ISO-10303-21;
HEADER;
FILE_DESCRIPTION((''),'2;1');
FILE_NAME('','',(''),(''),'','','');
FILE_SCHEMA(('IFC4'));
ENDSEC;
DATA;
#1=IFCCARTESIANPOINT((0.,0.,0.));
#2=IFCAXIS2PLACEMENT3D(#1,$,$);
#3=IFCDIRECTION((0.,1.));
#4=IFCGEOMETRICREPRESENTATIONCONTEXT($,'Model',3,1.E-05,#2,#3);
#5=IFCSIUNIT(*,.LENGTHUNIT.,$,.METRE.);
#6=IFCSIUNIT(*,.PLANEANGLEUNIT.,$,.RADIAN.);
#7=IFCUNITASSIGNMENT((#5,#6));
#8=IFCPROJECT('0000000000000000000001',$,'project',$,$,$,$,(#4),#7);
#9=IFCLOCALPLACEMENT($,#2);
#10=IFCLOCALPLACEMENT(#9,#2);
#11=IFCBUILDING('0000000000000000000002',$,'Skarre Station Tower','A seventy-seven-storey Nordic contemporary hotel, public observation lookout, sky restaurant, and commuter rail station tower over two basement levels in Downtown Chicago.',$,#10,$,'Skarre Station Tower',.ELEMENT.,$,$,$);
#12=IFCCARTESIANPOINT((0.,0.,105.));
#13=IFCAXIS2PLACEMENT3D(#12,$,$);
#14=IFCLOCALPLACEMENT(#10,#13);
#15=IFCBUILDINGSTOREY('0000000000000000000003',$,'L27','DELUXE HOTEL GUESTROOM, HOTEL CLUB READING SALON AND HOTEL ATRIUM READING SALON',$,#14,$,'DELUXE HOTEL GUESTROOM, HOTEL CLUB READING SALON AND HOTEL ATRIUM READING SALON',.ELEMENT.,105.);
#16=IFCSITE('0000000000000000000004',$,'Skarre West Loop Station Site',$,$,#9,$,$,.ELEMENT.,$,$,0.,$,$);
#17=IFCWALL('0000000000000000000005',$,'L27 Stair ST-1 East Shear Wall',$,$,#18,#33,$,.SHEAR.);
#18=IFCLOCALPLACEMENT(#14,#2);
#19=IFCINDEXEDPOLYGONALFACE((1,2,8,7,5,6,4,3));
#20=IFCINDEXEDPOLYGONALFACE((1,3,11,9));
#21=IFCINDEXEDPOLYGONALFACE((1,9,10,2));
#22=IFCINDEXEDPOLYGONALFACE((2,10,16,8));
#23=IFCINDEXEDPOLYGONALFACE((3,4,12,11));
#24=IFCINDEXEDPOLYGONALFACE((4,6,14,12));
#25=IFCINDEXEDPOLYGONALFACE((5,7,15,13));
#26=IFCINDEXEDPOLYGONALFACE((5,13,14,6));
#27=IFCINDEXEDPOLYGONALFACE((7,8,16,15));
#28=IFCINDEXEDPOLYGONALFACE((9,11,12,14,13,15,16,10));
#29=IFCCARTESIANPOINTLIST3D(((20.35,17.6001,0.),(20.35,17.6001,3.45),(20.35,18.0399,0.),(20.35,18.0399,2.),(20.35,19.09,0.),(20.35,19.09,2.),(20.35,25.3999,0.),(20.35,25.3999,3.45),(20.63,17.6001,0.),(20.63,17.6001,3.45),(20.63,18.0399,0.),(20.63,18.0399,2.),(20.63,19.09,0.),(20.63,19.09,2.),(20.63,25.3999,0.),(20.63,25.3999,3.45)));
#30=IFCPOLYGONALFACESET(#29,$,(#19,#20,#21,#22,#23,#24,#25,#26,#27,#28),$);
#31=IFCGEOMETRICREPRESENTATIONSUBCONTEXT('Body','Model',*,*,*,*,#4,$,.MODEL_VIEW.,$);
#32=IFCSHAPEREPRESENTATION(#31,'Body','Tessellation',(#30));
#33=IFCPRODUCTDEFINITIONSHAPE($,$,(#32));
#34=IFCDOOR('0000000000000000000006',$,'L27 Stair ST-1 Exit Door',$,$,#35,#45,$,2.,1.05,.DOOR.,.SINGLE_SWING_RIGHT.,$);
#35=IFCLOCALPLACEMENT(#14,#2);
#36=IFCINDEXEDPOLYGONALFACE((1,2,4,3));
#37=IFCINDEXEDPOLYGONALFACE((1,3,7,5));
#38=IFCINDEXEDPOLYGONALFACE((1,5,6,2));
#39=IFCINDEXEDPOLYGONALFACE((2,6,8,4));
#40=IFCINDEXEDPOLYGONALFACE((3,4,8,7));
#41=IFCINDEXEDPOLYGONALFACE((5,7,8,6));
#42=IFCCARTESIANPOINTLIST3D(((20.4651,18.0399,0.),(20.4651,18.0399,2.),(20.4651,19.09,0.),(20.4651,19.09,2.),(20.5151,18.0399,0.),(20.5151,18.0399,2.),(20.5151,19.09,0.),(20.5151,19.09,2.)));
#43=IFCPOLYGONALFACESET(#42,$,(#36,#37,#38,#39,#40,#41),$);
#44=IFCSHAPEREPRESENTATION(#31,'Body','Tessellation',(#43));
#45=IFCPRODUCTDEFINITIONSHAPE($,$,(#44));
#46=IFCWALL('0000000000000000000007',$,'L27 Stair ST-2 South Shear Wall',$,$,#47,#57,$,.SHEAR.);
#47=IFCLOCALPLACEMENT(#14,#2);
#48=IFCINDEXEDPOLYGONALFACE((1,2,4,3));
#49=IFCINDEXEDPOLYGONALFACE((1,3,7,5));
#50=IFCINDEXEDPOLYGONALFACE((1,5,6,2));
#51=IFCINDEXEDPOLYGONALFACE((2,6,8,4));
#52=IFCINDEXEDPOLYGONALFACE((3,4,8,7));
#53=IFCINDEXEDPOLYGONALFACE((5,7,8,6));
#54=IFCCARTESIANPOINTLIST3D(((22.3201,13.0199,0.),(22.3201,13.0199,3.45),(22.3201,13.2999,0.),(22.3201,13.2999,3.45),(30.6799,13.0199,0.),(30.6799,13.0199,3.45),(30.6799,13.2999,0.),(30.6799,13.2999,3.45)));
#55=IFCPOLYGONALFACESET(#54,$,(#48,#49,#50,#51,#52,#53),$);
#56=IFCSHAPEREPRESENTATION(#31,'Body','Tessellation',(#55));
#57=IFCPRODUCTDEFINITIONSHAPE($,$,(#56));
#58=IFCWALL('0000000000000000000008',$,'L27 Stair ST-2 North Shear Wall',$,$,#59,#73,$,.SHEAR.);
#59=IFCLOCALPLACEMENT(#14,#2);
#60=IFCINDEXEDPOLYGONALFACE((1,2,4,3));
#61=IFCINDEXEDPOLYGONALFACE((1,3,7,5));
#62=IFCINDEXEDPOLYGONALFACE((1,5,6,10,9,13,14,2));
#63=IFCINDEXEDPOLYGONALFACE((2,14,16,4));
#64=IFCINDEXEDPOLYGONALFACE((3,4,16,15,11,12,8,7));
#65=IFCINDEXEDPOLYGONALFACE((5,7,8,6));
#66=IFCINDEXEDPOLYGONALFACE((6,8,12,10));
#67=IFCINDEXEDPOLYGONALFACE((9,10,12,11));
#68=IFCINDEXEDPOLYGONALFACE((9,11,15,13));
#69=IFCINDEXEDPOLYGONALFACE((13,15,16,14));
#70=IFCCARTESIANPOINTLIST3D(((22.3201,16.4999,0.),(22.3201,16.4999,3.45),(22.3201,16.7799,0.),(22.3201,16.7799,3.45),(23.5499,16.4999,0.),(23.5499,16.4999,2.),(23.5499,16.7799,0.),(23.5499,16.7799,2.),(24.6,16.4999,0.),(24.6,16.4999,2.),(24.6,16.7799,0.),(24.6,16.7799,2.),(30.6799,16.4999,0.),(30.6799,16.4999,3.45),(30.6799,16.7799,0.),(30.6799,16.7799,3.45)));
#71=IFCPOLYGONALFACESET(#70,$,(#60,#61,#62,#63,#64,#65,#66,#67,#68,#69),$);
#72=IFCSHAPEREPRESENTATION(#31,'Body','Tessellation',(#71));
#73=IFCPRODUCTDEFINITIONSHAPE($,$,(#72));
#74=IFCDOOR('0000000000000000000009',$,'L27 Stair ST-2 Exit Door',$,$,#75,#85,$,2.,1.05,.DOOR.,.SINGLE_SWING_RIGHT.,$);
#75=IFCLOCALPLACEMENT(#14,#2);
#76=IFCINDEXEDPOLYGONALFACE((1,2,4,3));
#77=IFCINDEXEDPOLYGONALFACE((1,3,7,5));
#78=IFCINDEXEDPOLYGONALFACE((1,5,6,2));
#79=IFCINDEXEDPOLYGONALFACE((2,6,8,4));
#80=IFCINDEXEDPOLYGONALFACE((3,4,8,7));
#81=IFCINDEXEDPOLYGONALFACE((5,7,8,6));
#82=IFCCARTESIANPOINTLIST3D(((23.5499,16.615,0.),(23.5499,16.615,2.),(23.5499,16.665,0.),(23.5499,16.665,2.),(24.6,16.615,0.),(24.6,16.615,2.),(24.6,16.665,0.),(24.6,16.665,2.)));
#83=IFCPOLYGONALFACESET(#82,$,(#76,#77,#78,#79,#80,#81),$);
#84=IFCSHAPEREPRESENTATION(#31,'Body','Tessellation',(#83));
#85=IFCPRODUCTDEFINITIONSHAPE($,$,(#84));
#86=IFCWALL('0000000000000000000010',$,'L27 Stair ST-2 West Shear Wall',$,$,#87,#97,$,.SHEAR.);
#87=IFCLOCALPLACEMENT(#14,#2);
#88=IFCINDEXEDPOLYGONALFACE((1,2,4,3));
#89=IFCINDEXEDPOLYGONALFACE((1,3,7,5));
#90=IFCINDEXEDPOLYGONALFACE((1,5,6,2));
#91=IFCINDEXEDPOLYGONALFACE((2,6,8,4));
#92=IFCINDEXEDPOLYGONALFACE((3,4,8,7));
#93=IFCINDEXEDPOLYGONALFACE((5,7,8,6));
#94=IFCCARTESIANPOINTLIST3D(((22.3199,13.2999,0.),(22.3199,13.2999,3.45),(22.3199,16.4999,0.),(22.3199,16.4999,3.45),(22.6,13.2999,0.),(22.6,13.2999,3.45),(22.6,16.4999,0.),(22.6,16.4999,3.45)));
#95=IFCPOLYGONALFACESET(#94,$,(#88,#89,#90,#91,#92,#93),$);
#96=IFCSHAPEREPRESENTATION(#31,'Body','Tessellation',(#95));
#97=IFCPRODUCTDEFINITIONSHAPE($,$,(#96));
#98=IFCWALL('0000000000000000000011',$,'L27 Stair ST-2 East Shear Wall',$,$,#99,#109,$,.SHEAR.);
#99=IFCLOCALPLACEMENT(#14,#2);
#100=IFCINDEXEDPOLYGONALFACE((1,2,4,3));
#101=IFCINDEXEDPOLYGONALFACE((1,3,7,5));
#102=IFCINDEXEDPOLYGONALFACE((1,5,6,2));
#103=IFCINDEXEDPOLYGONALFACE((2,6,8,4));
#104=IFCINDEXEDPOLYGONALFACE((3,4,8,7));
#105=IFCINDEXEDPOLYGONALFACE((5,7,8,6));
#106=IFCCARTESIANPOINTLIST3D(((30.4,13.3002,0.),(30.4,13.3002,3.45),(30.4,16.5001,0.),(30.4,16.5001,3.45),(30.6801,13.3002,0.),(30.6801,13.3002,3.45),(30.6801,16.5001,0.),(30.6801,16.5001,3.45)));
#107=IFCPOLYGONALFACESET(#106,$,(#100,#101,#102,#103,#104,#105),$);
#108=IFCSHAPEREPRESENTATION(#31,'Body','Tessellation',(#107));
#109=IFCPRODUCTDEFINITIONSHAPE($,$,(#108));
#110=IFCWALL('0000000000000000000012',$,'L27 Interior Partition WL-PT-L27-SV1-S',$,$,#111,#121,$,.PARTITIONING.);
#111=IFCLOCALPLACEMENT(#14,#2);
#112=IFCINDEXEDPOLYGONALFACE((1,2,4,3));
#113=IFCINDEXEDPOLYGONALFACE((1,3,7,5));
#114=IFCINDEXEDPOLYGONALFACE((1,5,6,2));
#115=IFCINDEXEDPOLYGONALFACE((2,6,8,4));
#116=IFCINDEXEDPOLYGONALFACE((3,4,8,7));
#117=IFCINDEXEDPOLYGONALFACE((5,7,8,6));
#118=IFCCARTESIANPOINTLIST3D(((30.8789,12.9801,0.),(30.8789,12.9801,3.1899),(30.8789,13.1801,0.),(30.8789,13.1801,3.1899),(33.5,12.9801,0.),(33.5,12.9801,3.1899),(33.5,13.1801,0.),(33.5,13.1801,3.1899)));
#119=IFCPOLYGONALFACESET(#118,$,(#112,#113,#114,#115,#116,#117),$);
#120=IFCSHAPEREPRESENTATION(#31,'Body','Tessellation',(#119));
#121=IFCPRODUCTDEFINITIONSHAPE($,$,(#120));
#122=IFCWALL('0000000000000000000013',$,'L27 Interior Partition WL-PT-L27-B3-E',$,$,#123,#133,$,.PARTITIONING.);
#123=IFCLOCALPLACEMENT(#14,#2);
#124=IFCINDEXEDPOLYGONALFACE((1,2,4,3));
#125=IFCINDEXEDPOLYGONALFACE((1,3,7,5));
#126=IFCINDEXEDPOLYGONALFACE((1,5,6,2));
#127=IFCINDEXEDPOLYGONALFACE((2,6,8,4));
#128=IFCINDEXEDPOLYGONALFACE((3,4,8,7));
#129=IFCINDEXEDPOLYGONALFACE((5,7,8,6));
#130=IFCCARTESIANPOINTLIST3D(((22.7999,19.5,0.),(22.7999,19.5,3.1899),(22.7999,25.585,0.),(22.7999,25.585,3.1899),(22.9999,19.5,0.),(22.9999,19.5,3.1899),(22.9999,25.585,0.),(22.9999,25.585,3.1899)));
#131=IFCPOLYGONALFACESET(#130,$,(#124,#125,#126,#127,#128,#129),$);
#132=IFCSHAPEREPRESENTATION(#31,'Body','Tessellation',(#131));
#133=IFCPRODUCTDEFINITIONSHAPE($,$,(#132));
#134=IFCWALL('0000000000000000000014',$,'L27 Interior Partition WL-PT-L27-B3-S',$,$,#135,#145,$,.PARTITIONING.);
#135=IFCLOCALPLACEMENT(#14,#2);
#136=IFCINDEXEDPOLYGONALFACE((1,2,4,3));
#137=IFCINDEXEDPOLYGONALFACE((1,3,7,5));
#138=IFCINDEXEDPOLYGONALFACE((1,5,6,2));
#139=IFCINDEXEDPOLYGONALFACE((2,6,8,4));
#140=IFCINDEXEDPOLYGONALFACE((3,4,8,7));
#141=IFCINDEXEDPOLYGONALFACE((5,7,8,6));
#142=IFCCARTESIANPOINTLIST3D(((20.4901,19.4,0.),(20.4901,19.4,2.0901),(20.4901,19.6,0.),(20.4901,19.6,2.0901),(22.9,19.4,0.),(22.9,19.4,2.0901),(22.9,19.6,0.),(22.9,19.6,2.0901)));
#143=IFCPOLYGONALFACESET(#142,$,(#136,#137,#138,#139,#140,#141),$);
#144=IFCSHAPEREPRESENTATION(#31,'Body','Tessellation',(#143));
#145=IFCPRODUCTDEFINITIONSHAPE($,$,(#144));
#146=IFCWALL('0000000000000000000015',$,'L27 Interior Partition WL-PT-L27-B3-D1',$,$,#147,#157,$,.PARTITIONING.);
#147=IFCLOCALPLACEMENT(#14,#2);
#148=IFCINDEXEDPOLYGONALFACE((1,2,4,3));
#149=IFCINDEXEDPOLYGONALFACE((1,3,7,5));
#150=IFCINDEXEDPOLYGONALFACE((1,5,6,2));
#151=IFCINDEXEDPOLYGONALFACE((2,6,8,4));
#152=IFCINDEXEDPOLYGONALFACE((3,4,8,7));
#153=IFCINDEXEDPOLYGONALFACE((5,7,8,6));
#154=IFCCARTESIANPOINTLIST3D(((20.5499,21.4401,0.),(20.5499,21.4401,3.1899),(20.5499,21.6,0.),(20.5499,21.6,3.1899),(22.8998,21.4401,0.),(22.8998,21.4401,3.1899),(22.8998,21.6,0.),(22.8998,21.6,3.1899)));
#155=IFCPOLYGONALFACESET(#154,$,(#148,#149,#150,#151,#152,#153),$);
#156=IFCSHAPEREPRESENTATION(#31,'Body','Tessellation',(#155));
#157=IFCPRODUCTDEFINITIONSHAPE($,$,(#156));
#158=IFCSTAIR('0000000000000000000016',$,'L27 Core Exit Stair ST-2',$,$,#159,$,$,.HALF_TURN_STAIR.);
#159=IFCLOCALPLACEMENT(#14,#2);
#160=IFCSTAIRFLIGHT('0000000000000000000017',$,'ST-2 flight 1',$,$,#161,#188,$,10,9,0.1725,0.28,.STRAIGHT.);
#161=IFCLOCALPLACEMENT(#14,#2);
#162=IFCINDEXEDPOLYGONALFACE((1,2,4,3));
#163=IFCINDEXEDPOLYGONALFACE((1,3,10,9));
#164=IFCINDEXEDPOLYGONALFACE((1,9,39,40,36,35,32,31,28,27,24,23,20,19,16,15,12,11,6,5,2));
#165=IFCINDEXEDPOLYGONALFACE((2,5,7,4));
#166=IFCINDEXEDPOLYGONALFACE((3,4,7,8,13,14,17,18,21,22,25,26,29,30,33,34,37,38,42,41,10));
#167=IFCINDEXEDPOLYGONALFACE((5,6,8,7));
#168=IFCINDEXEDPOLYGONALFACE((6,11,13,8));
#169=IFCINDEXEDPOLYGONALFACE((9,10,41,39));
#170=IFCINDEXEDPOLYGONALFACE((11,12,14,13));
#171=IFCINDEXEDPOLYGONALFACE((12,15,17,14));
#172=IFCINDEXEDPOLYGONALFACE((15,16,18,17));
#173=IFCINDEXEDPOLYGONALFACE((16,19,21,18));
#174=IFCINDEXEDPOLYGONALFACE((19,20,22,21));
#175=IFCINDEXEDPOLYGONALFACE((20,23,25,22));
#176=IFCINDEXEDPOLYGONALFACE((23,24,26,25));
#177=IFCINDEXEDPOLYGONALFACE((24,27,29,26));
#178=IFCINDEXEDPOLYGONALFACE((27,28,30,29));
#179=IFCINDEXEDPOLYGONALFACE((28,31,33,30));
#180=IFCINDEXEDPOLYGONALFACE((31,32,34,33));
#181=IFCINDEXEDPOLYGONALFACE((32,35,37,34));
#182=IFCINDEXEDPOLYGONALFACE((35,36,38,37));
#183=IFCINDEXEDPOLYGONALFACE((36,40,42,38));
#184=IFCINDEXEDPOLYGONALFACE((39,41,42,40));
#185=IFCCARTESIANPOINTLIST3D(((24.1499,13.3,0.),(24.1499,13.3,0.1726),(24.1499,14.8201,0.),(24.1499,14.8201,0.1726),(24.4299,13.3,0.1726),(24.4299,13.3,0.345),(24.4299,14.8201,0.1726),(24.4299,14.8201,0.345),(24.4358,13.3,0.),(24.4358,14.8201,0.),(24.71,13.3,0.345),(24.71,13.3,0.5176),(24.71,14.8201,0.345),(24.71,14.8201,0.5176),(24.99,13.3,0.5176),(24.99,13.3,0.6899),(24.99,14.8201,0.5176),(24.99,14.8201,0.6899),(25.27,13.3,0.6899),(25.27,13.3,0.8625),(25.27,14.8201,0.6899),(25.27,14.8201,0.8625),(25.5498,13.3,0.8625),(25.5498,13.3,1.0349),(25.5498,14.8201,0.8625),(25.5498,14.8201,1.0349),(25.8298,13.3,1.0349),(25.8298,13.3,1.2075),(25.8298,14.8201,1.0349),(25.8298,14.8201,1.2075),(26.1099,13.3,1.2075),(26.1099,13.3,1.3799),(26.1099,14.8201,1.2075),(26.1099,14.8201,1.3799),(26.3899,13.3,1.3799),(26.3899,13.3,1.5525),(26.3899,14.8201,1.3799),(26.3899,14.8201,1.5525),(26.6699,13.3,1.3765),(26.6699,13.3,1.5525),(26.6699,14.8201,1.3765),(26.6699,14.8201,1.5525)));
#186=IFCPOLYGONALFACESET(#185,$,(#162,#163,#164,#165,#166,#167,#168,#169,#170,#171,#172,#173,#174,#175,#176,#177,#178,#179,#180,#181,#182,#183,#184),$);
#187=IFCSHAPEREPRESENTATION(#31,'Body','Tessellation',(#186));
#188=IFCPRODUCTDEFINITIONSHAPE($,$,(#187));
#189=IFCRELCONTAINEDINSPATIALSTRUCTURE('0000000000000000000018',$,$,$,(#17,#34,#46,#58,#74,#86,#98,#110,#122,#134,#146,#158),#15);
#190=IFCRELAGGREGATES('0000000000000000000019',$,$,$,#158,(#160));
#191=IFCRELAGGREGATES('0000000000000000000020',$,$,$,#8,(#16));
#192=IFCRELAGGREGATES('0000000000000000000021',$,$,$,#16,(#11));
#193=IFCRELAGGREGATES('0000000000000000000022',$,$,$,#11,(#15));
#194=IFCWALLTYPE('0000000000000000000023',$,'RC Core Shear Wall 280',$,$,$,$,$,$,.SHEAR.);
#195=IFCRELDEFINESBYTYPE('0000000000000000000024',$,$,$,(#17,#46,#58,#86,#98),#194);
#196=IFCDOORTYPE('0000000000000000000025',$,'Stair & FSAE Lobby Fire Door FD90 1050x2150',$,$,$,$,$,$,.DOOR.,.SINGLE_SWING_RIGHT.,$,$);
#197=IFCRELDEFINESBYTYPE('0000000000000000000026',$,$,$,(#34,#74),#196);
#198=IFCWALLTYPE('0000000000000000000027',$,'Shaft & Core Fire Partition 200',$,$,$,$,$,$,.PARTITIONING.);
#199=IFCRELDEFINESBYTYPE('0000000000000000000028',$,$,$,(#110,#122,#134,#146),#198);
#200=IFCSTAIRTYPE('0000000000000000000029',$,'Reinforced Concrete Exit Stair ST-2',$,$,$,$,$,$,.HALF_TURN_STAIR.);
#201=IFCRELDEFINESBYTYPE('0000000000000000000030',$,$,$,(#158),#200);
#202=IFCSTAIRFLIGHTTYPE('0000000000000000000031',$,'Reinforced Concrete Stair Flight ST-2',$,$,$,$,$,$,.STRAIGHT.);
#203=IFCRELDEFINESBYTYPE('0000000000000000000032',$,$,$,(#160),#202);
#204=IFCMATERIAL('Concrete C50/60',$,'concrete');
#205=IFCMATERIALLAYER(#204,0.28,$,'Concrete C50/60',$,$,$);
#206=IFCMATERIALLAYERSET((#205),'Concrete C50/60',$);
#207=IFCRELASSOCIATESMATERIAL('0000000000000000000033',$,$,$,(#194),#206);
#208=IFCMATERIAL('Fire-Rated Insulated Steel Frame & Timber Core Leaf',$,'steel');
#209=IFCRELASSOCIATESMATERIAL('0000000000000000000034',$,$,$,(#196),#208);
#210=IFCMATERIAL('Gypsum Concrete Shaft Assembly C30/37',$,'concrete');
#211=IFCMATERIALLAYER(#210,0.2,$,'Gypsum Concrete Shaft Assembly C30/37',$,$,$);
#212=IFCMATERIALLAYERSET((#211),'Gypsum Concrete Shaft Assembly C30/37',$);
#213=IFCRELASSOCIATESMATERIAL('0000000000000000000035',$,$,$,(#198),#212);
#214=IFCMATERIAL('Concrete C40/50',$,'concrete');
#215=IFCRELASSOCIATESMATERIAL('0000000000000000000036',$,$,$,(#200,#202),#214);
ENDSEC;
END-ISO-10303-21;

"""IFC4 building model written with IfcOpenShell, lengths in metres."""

from ifc_helpers import new_model, si_unit, direction, frame, frame_2d, origin, place, context, subcontext, project, spatial, polyline, rectangle, outline, extrude, material, layer, layer_set, type_object, element, fill, aggregate, save


model = new_model("IFC4")

# Units and contexts
model_context = context("Model", 3, precision=1e-05, world=origin(), true_north=direction((0.0, 1.0)))
body_context = subcontext(model_context, "Body", "Model", "MODEL_VIEW")
ifc_project = project(units=[si_unit("LENGTHUNIT", "METRE"), si_unit("PLANEANGLEUNIT", "RADIAN")], contexts=[model_context])

# Site, building, storey
site_placement = place(None, origin())
site = spatial("IfcSite", under=ifc_project, at=site_placement, Name="Skarre West Loop Station Site", CompositionType="ELEMENT", RefElevation=0.0)
building_placement = place(site_placement, origin())
building = spatial("IfcBuilding", under=site, at=building_placement, Name="Skarre Station Tower", Description="A seventy-seven-storey Nordic contemporary hotel, public observation lookout, sky restaurant, and commuter rail station tower over two basement levels in Downtown Chicago.", LongName="Skarre Station Tower", CompositionType="ELEMENT")
storey_placement = place(building_placement, frame((0.0, 0.0, 105.0)))
storey = spatial("IfcBuildingStorey", under=building, at=storey_placement, Name="L27", Description="DELUXE HOTEL GUESTROOM, HOTEL CLUB READING SALON AND HOTEL ATRIUM READING SALON", LongName="DELUXE HOTEL GUESTROOM, HOTEL CLUB READING SALON AND HOTEL ATRIUM READING SALON", CompositionType="ELEMENT", Elevation=105.0)

# Wall, opening, door
ifc_material_1 = material(Name="Concrete C50/60", Category="concrete")
ifc_layer_1 = layer(ifc_material_1, 0.28, Name="Concrete C50/60")
ifc_layer_set_1 = layer_set([ifc_layer_1], Name="Concrete C50/60")
wall_type_1 = type_object("IfcWallType", Name="RC Core Shear Wall 280", PredefinedType="SHEAR", material=ifc_layer_set_1)
wall_1_placement = place(storey_placement, frame((20.49, 17.6001, 0.0), z_axis=(0.0, 0.0, 1.0), x_axis=(0.0, 1.0, 0.0)))
wall_1 = element("IfcWall", 1, at=wall_1_placement, inside=storey, type_object=wall_type_1, Name="L27 Stair ST-1 East Shear Wall", PredefinedType="SHEAR", context=body_context, shape_type="SweptSolid", body=[
    extrude(rectangle(XDim=7.7998, YDim=0.28, at=frame_2d((3.8999, 0.0))), origin(), (0.0, 0.0, 1.0), 3.45),
])
opening_1_placement = place(wall_1_placement, frame((0.4399, 0.0, 0.0)))
opening_1 = element("IfcOpeningElement", 2, at=opening_1_placement, cuts=wall_1, PredefinedType="OPENING", context=body_context, shape_type="SweptSolid", body=[
    extrude(rectangle(XDim=1.05, YDim=2.0, at=frame_2d((0.5249, 1.0))), frame((0.0, 0.1499, 0.0), z_axis=(0.0, -1.0, 0.0), x_axis=(1.0, 0.0, 0.0)), (0.0, 0.0, 1.0), 0.3),
])
ifc_material_2 = material(Name="Fire-Rated Insulated Steel Frame & Timber Core Leaf", Category="steel")
door_type = type_object("IfcDoorType", Name="Stair & FSAE Lobby Fire Door FD90 1050x2150", OperationType="SINGLE_SWING_RIGHT", PredefinedType="DOOR", material=ifc_material_2)
door_1_placement = place(opening_1_placement, origin())
door_1 = element("IfcDoor", 3, at=door_1_placement, inside=storey, type_object=door_type, Name="L27 Stair ST-1 Exit Door", OperationType="SINGLE_SWING_RIGHT", OverallHeight=2.0, OverallWidth=1.05, PredefinedType="DOOR", context=body_context, shape_type="SweptSolid", body=[
    extrude(rectangle(XDim=1.05, YDim=2.0, at=frame_2d((0.5249, 1.0))), frame((0.0, 0.0249, 0.0), z_axis=(0.0, -1.0, 0.0), x_axis=(1.0, 0.0, 0.0)), (0.0, 0.0, 1.0), 0.05),
])
fill(opening_1, door_1)

# Wall
wall_2_placement = place(storey_placement, frame((22.3201, 13.1599, 0.0), z_axis=(0.0, 0.0, 1.0), x_axis=(1.0, 0.0, 0.0)))
element("IfcWall", 4, at=wall_2_placement, inside=storey, type_object=wall_type_1, Name="L27 Stair ST-2 South Shear Wall", PredefinedType="SHEAR", context=body_context, shape_type="SweptSolid", body=[
    extrude(rectangle(XDim=8.3599, YDim=0.28, at=frame_2d((4.1799, 0.0))), origin(), (0.0, 0.0, 1.0), 3.45),
])

# Wall, opening, door
wall_3_placement = place(storey_placement, frame((30.6799, 16.6399, 0.0), z_axis=(0.0, 0.0, 1.0), x_axis=(-1.0, 0.0, 0.0)))
wall_3 = element("IfcWall", 5, at=wall_3_placement, inside=storey, type_object=wall_type_1, Name="L27 Stair ST-2 North Shear Wall", PredefinedType="SHEAR", context=body_context, shape_type="SweptSolid", body=[
    extrude(rectangle(XDim=8.3599, YDim=0.28, at=frame_2d((4.1799, 0.0))), origin(), (0.0, 0.0, 1.0), 3.45),
])
opening_2_placement = place(wall_3_placement, frame((6.0801, 0.0, 0.0)))
opening_2 = element("IfcOpeningElement", 6, at=opening_2_placement, cuts=wall_3, PredefinedType="OPENING", context=body_context, shape_type="SweptSolid", body=[
    extrude(rectangle(XDim=1.05, YDim=2.0, at=frame_2d((0.5249, 1.0))), frame((0.0, 0.1499, 0.0), z_axis=(0.0, -1.0, 0.0), x_axis=(1.0, 0.0, 0.0)), (0.0, 0.0, 1.0), 0.3),
])
door_2_placement = place(opening_2_placement, origin())
door_2 = element("IfcDoor", 7, at=door_2_placement, inside=storey, type_object=door_type, Name="L27 Stair ST-2 Exit Door", OperationType="SINGLE_SWING_RIGHT", OverallHeight=2.0, OverallWidth=1.05, PredefinedType="DOOR", context=body_context, shape_type="SweptSolid", body=[
    extrude(rectangle(XDim=1.05, YDim=2.0, at=frame_2d((0.5249, 1.0))), frame((0.0, 0.0249, 0.0), z_axis=(0.0, -1.0, 0.0), x_axis=(1.0, 0.0, 0.0)), (0.0, 0.0, 1.0), 0.05),
])
fill(opening_2, door_2)

# Walls
for number, where, z_axis, x_axis, name in (
    (8, (22.46, 16.5, 0.0), (0.0, 0.0, 1.0), (0.0, -1.0, 0.0), "L27 Stair ST-2 West Shear Wall"),
    (9, (30.54, 13.3, 0.0), (0.0, 0.0, 1.0), (0.0, 1.0, 0.0), "L27 Stair ST-2 East Shear Wall"),
):
    element("IfcWall", number, at=place(storey_placement, frame(where, z_axis=z_axis, x_axis=x_axis)), inside=storey, type_object=wall_type_1, Name=name, PredefinedType="SHEAR", context=body_context, shape_type="SweptSolid", body=[
        extrude(rectangle(XDim=3.2, YDim=0.28, at=frame_2d((1.6001, 0.0))), origin(), (0.0, 0.0, 1.0), 3.45),
    ])
ifc_material_3 = material(Name="Gypsum Concrete Shaft Assembly C30/37", Category="concrete")
ifc_layer_2 = layer(ifc_material_3, 0.2, Name="Gypsum Concrete Shaft Assembly C30/37")
ifc_layer_set_2 = layer_set([ifc_layer_2], Name="Gypsum Concrete Shaft Assembly C30/37")
wall_type_2 = type_object("IfcWallType", Name="Shaft & Core Fire Partition 200", PredefinedType="PARTITIONING", material=ifc_layer_set_2)
wall_4_placement = place(storey_placement, frame((30.8789, 13.0801, 0.0), z_axis=(0.0, 0.0, 1.0), x_axis=(1.0, 0.0, 0.0)))
element("IfcWall", 10, at=wall_4_placement, inside=storey, type_object=wall_type_2, Name="L27 Interior Partition WL-PT-L27-SV1-S", PredefinedType="PARTITIONING", context=body_context, shape_type="SweptSolid", body=[
    extrude(rectangle(XDim=2.6211, YDim=0.2, at=frame_2d((1.3105, 0.0))), origin(), (0.0, 0.0, 1.0), 3.1899),
])
wall_5_placement = place(storey_placement, frame((22.8999, 19.5, 0.0), z_axis=(0.0, 0.0, 1.0), x_axis=(0.0, 1.0, 0.0)))
element("IfcWall", 11, at=wall_5_placement, inside=storey, type_object=wall_type_2, Name="L27 Interior Partition WL-PT-L27-B3-E", PredefinedType="PARTITIONING", context=body_context, shape_type="SweptSolid", body=[
    extrude(rectangle(XDim=6.085, YDim=0.2, at=frame_2d((3.0425, 0.0))), origin(), (0.0, 0.0, 1.0), 3.1899),
])
wall_6_placement = place(storey_placement, frame((20.49, 19.5, 0.0), z_axis=(0.0, 0.0, 1.0), x_axis=(1.0, 0.0, 0.0)))
element("IfcWall", 12, at=wall_6_placement, inside=storey, type_object=wall_type_2, Name="L27 Interior Partition WL-PT-L27-B3-S", PredefinedType="PARTITIONING", context=body_context, shape_type="SweptSolid", body=[
    extrude(rectangle(XDim=2.4099, YDim=0.2, at=frame_2d((1.2051, 0.0))), origin(), (0.0, 0.0, 1.0), 2.0901),
])
wall_7_placement = place(storey_placement, frame((20.55, 21.52, 0.0), z_axis=(0.0, 0.0, 1.0), x_axis=(1.0, 0.0, 0.0)))
element("IfcWall", 13, at=wall_7_placement, inside=storey, type_object=wall_type_2, Name="L27 Interior Partition WL-PT-L27-B3-D1", PredefinedType="PARTITIONING", context=body_context, shape_type="SweptSolid", body=[
    extrude(rectangle(XDim=2.3499, YDim=0.1599, at=frame_2d((1.1748, 0.0))), origin(), (0.0, 0.0, 1.0), 3.1899),
])

# Stair, stair flight
ifc_material_4 = material(Name="Concrete C40/50", Category="concrete")
stair_type = type_object("IfcStairType", Name="Reinforced Concrete Exit Stair ST-2", PredefinedType="HALF_TURN_STAIR", material=ifc_material_4)
stair_placement = place(storey_placement, origin())
stair = element("IfcStair", 14, at=stair_placement, inside=storey, type_object=stair_type, Name="L27 Core Exit Stair ST-2", PredefinedType="HALF_TURN_STAIR")
stair_flight_type = type_object("IfcStairFlightType", Name="Reinforced Concrete Stair Flight ST-2", PredefinedType="STRAIGHT", material=ifc_material_4)
stair_flight_1_placement = place(storey_placement, frame((24.1499, 14.0601, 0.0), z_axis=(0.0, 0.0, 1.0), x_axis=(1.0, 0.0, 0.0)))
stair_flight_1 = element("IfcStairFlight", 15, at=stair_flight_1_placement, type_object=stair_flight_type, Name="ST-2 flight 1", NumberOfRisers=10, NumberOfTreads=9, PredefinedType="STRAIGHT", RiserHeight=0.1725, TreadLength=0.28, context=body_context, shape_type="SweptSolid", body=[
    extrude(outline(polyline([(0.0, 0.0), (0.0, 0.1726), (0.28, 0.1726), (0.28, 0.345), (0.5601, 0.345), (0.5601, 0.5176), (0.8401, 0.5176), (0.8401, 0.6899), (1.1201, 0.6899), (1.1201, 0.8625), (1.3999, 0.8625), (1.3999, 1.0349), (1.6799, 1.0349), (1.6799, 1.2075), (1.96, 1.2075), (1.96, 1.3799), (2.24, 1.3799), (2.24, 1.5525), (2.52, 1.5525), (2.52, 1.7251), (2.52, 1.3765), (0.2859, 0.0), (0.0, 0.0)])), frame((0.0, 0.76, 0.0), z_axis=(0.0, -1.0, 0.0), x_axis=(1.0, 0.0, 0.0)), (0.0, 0.0, 1.0), 1.52),
])
aggregate(stair, [stair_flight_1])

save(model, "model.ifc")
